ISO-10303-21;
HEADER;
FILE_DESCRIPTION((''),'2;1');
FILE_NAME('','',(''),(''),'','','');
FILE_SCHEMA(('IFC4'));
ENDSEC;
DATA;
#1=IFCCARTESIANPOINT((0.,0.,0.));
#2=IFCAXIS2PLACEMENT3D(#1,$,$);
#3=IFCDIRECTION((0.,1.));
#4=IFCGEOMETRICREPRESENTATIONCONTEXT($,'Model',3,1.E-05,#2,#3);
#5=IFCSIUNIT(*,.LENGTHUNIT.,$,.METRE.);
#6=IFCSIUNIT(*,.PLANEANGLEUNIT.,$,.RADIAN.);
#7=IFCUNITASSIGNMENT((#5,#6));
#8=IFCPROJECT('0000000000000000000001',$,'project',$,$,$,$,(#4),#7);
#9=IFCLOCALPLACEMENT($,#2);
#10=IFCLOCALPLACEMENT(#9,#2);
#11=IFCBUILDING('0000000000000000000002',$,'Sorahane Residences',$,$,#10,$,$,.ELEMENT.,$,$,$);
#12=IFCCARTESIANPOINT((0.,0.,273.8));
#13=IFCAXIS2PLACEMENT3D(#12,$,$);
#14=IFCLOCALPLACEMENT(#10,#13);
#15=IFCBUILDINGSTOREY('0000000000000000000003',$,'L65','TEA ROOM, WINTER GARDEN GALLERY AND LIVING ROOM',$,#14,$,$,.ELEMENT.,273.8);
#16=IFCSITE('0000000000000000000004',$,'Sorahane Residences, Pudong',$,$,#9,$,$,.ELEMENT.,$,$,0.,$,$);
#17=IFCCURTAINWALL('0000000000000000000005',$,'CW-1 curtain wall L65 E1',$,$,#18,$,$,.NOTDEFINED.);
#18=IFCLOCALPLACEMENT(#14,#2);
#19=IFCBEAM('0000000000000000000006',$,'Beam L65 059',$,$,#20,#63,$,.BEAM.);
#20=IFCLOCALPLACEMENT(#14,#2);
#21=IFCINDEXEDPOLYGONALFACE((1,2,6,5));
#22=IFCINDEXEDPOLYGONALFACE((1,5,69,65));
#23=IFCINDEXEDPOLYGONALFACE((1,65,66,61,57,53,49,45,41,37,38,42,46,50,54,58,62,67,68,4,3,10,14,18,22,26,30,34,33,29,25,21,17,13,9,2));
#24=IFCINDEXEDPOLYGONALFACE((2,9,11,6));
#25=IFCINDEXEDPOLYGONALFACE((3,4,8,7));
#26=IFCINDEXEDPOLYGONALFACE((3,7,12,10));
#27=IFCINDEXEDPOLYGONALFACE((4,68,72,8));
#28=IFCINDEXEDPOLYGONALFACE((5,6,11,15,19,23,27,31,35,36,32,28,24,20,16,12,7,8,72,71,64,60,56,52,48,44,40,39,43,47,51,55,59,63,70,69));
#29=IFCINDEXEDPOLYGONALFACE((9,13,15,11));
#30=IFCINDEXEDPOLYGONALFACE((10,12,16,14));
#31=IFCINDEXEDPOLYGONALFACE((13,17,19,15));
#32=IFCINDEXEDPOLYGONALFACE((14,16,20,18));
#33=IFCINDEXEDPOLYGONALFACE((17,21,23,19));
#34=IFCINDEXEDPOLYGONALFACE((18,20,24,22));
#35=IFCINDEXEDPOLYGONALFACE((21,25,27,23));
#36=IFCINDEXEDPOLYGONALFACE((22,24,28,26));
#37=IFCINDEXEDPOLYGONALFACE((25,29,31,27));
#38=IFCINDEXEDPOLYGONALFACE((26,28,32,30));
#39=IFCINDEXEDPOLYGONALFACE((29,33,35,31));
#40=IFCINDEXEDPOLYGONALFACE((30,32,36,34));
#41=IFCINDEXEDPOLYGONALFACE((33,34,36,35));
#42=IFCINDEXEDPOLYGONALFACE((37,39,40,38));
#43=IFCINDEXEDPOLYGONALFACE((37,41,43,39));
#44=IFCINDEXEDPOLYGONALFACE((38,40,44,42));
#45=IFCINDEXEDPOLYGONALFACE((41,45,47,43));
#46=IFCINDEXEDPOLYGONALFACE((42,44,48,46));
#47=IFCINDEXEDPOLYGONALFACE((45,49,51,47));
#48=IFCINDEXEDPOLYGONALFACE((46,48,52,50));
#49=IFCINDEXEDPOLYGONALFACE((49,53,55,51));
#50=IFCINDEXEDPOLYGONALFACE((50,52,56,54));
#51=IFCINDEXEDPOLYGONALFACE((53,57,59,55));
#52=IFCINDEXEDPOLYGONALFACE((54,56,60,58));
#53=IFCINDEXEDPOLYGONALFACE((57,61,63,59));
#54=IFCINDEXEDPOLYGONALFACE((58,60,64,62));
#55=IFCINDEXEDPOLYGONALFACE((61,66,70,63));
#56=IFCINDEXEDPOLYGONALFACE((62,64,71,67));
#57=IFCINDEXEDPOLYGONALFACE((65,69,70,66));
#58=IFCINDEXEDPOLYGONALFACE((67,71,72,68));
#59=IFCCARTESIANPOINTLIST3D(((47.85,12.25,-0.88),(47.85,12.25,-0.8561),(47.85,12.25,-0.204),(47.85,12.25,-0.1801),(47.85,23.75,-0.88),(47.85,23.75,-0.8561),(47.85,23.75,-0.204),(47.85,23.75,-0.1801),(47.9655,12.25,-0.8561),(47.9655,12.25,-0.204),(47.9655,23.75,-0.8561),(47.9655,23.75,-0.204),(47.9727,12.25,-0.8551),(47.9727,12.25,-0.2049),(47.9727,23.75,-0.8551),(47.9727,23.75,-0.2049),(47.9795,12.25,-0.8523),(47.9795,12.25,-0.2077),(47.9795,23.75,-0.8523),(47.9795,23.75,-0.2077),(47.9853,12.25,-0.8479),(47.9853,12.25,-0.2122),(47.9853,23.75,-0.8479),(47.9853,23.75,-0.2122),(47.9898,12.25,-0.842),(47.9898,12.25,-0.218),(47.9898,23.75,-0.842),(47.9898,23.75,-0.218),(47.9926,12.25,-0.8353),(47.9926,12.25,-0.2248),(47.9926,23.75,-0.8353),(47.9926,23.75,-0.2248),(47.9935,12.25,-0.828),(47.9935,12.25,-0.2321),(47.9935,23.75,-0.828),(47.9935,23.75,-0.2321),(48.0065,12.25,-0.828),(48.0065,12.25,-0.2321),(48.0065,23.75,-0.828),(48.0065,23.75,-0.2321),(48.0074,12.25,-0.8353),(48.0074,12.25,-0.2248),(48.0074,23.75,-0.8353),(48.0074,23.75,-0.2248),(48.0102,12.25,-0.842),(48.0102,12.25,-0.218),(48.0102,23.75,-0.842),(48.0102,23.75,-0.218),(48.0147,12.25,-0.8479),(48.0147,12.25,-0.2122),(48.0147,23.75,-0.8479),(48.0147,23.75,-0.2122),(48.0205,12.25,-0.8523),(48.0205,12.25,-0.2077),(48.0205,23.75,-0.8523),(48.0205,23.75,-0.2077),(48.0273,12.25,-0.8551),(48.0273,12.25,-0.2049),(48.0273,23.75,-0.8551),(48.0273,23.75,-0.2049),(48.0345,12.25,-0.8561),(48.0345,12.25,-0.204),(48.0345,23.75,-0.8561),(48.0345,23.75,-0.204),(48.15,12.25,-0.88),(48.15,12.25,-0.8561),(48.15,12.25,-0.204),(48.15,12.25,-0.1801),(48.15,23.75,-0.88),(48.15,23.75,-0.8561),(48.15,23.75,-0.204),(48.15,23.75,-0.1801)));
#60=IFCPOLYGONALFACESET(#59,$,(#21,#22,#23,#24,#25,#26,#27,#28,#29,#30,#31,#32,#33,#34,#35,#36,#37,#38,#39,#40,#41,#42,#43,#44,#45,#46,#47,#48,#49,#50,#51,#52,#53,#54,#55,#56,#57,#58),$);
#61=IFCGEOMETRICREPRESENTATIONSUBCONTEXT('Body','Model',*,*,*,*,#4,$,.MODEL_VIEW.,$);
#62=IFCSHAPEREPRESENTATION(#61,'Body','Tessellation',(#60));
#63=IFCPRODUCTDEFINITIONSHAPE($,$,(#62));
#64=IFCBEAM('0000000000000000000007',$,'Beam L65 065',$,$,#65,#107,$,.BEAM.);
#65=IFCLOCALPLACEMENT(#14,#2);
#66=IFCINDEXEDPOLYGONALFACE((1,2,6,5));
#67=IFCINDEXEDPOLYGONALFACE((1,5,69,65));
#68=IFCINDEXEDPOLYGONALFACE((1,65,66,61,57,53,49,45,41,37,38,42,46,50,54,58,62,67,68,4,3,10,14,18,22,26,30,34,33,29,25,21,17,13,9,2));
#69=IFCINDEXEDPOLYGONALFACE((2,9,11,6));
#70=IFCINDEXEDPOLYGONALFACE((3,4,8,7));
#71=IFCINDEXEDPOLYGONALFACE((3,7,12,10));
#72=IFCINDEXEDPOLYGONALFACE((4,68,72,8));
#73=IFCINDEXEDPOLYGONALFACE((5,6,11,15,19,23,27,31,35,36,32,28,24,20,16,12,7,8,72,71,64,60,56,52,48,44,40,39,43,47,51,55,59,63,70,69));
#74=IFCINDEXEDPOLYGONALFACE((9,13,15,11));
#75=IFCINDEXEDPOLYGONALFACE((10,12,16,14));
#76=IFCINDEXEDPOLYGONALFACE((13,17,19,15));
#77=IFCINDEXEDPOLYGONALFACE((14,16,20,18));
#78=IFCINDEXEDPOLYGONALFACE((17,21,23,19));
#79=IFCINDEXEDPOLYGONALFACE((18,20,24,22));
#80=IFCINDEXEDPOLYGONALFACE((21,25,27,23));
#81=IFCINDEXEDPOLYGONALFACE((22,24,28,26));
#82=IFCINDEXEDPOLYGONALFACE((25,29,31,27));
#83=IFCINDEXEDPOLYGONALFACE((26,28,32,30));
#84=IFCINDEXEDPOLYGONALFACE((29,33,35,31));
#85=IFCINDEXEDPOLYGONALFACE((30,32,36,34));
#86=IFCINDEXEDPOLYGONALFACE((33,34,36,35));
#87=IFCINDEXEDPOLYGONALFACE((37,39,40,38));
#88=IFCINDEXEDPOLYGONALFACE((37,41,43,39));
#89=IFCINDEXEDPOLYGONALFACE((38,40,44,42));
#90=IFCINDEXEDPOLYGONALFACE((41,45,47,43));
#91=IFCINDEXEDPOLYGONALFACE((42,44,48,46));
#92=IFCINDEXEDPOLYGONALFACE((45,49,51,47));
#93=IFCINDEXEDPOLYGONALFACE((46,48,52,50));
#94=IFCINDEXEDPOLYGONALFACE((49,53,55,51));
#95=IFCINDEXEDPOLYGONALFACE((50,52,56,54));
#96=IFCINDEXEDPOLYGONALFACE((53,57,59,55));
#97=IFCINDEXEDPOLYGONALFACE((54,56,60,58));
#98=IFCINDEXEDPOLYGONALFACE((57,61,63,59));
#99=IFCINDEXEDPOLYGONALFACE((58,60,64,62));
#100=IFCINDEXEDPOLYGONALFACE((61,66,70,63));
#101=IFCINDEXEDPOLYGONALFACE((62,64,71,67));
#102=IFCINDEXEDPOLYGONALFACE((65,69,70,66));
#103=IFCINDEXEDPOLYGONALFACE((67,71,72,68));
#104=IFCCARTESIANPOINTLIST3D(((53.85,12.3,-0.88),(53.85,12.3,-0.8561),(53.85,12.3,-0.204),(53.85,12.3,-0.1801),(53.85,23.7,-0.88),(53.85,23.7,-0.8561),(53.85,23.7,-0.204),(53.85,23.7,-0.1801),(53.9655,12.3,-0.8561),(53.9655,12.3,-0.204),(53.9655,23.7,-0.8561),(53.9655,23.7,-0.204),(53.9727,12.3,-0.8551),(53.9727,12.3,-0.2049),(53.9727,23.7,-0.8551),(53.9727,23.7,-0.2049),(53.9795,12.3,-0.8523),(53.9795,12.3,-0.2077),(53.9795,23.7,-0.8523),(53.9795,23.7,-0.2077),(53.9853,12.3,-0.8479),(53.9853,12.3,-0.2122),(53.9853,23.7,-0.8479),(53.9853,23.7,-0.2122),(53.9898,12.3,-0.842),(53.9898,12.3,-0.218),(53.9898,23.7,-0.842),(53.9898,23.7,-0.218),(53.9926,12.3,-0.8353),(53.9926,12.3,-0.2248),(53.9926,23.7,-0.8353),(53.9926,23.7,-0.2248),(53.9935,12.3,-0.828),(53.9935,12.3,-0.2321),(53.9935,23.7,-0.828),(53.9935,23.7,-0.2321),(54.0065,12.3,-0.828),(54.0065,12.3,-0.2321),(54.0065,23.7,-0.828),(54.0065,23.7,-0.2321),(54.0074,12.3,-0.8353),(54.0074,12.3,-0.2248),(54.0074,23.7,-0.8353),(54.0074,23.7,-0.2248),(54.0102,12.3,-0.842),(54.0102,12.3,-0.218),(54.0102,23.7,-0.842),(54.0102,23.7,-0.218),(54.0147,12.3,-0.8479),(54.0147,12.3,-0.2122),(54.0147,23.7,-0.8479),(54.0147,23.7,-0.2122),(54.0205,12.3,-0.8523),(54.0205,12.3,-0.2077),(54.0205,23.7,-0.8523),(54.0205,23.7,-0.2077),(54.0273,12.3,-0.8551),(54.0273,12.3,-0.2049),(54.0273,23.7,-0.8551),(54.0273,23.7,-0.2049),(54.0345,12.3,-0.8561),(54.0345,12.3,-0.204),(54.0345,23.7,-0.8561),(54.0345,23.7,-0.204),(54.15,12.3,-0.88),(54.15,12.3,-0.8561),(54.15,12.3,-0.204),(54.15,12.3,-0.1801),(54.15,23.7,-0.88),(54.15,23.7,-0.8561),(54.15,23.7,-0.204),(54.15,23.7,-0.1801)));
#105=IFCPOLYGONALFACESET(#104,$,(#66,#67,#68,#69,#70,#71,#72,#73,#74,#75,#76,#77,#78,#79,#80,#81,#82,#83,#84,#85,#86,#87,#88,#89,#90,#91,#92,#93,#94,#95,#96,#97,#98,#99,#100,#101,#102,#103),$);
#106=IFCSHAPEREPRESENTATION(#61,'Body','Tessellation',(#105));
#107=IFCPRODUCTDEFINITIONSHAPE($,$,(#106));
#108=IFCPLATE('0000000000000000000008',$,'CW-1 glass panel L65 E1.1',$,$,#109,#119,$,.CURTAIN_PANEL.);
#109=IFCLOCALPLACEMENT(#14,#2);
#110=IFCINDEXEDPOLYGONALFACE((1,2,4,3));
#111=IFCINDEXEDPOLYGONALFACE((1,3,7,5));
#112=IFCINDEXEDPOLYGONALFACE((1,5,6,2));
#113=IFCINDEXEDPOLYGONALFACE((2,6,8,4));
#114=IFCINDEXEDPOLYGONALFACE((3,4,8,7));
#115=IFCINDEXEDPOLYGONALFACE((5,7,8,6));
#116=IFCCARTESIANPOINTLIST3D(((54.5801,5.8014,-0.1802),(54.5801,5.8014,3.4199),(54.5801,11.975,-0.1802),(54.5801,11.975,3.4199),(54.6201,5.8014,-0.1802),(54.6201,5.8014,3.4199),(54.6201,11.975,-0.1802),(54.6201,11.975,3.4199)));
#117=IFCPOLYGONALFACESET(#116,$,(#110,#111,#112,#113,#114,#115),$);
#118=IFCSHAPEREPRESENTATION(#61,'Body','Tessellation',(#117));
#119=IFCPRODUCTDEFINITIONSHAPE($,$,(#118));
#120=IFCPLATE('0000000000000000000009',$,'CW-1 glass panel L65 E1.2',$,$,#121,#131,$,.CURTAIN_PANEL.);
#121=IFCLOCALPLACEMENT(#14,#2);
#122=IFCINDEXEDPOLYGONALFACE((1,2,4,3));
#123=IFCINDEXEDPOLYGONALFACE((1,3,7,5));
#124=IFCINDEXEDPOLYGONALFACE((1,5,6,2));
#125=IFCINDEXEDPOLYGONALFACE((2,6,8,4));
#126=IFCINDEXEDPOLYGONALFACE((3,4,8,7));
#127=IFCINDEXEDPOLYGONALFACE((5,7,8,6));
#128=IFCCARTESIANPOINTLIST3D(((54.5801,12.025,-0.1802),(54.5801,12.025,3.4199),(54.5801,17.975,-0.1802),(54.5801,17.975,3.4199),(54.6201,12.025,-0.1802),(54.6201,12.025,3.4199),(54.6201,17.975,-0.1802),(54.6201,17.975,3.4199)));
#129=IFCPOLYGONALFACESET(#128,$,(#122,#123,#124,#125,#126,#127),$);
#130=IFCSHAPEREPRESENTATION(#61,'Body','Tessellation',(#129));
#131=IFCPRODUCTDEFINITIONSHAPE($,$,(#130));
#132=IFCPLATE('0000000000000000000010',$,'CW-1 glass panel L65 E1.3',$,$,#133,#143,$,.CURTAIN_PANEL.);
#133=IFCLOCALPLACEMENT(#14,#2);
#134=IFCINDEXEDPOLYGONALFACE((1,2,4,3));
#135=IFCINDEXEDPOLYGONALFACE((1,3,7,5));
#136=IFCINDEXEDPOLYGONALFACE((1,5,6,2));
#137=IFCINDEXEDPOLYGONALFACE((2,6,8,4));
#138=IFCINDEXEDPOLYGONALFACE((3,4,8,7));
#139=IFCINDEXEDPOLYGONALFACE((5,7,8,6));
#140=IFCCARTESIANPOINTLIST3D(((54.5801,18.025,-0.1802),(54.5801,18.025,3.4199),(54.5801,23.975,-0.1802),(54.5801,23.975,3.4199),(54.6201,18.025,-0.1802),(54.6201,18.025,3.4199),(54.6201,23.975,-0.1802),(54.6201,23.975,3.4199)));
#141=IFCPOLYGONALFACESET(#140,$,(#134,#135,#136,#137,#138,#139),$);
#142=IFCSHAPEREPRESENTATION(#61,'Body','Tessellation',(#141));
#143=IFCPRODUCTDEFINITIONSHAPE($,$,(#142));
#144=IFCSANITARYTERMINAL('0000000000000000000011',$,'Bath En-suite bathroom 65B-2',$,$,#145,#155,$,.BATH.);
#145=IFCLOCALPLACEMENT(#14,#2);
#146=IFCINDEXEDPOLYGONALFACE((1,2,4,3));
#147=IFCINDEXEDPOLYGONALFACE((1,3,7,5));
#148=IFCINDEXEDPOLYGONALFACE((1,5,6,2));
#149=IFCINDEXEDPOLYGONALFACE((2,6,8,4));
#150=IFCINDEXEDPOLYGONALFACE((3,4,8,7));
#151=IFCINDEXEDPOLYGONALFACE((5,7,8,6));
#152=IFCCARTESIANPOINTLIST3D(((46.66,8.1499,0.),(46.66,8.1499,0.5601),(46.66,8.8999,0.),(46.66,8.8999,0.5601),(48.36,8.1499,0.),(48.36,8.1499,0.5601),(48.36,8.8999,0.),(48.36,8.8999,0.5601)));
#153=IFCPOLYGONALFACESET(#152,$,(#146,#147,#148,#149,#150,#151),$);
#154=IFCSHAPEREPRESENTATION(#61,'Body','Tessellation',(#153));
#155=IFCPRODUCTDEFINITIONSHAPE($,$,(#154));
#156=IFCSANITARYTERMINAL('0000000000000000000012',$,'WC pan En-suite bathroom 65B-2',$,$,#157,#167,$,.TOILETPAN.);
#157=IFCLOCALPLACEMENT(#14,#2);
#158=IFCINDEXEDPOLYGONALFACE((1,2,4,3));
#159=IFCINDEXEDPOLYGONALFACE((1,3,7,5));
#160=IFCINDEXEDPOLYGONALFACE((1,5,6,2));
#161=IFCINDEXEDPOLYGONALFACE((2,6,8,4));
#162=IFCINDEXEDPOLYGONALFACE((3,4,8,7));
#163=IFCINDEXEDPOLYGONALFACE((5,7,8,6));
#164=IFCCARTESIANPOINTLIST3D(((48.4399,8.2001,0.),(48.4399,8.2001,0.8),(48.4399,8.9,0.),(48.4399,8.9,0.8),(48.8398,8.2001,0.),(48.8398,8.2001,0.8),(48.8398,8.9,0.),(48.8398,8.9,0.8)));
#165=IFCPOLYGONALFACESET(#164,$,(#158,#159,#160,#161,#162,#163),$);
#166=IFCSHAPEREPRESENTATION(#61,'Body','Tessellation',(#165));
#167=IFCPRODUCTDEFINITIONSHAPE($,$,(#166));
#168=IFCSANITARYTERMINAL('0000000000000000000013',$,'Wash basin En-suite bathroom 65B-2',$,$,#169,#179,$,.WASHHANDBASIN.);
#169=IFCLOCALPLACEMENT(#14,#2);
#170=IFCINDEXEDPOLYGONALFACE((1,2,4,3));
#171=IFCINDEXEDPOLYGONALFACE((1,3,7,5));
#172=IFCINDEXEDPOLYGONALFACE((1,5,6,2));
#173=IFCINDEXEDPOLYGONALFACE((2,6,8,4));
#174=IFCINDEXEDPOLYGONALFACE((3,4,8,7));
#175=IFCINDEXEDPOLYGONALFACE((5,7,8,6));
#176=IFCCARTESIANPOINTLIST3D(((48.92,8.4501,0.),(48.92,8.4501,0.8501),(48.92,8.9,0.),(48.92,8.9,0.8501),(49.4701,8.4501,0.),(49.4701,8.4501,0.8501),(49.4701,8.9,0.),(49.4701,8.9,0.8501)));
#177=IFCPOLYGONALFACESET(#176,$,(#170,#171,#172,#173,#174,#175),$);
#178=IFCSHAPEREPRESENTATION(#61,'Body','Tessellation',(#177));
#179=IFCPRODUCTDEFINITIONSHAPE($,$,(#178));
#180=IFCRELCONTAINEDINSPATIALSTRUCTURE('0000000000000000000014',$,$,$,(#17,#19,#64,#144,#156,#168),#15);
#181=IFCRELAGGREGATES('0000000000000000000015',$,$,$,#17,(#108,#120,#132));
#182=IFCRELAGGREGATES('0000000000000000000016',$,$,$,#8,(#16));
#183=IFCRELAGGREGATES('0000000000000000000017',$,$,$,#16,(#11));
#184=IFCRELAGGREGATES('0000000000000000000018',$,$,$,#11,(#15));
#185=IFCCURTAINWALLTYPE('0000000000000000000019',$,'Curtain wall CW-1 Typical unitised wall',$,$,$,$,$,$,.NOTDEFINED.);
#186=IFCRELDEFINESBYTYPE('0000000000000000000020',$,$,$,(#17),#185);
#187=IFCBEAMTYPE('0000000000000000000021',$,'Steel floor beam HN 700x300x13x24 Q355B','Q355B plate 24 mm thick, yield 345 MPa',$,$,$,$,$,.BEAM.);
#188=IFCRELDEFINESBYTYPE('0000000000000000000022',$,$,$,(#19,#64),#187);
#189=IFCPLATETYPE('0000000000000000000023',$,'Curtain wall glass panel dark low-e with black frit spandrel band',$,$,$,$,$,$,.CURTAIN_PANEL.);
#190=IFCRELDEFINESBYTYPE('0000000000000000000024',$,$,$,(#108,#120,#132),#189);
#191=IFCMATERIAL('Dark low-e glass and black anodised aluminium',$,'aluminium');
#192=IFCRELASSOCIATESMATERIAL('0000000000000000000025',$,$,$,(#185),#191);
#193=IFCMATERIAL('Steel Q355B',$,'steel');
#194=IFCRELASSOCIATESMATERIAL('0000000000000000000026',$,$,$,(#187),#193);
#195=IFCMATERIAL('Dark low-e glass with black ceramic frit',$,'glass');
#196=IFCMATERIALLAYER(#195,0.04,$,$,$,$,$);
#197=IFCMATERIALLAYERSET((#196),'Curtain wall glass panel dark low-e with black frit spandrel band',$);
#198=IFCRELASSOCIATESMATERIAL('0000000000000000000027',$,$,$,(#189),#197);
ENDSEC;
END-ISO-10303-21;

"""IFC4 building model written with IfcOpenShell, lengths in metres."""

from ifc_helpers import new_model, si_unit, direction, frame, origin, origin_2d, place, context, subcontext, project, spatial, rectangle, i_section, extrude, material, layer, layer_set, material_profile, profile_set, type_object, element, aggregate, save


model = new_model("IFC4")

# Units and contexts
model_context = context("Model", 3, precision=1e-05, world=origin(), true_north=direction((0.0, 1.0)))
body_context = subcontext(model_context, "Body", "Model", "MODEL_VIEW")
ifc_project = project(units=[si_unit("LENGTHUNIT", "METRE"), si_unit("PLANEANGLEUNIT", "RADIAN")], contexts=[model_context])

# Site, building, storey
site_placement = place(None, origin())
site = spatial("IfcSite", under=ifc_project, at=site_placement, Name="Sorahane Residences, Pudong", CompositionType="ELEMENT", RefElevation=0.0)
building_placement = place(site_placement, origin())
building = spatial("IfcBuilding", under=site, at=building_placement, Name="Sorahane Residences", CompositionType="ELEMENT")
storey_placement = place(building_placement, frame((0.0, 0.0, 273.8)))
storey = spatial("IfcBuildingStorey", under=building, at=storey_placement, Name="L65", Description="TEA ROOM, WINTER GARDEN GALLERY AND LIVING ROOM", CompositionType="ELEMENT", Elevation=273.8)

# Curtain wall
ifc_material_1 = material(Name="Dark low-e glass and black anodised aluminium", Category="aluminium")
curtain_wall_type = type_object("IfcCurtainWallType", Name="Curtain wall CW-1 Typical unitised wall", PredefinedType="NOTDEFINED", material=ifc_material_1)
curtain_wall_placement = place(storey_placement, origin())
curtain_wall = element("IfcCurtainWall", 1, at=curtain_wall_placement, inside=storey, type_object=curtain_wall_type, Name="CW-1 curtain wall L65 E1", PredefinedType="NOTDEFINED")

# Beams
ifc_material_2 = material(Name="Steel Q355B", Category="steel")
ifc_material_profile_1 = material_profile(ifc_material_2, i_section(OverallWidth=0.3, OverallDepth=0.7, WebThickness=0.0129, FlangeThickness=0.0239, FilletRadius=0.0281, at=origin_2d()), Name="HN 700x300x13x24")
ifc_profile_set_1 = profile_set([ifc_material_profile_1], Name="Steel Q355B")
beam_type_1 = type_object("IfcBeamType", Name="Steel floor beam HN 700x300x13x24 Q355B", Description="Q355B plate 24 mm thick, yield 345 MPa", PredefinedType="BEAM", material=ifc_profile_set_1)
beam_1_placement = place(storey_placement, frame((48.0, 12.25, -0.53), z_axis=(0.0, 1.0, 0.0), x_axis=(-1.0, 0.0, 0.0)))
element("IfcBeam", 2, at=beam_1_placement, inside=storey, type_object=beam_type_1, Name="Beam L65 059", PredefinedType="BEAM", context=body_context, shape_type="SweptSolid", body=[
    extrude(i_section(OverallWidth=0.3, OverallDepth=0.7, WebThickness=0.0129, FlangeThickness=0.0239, FilletRadius=0.0281, at=origin_2d()), origin(), (0.0, 0.0, 1.0), 11.5),
])
beam_2_placement = place(storey_placement, frame((54.0, 12.3, -0.53), z_axis=(0.0, 1.0, 0.0), x_axis=(-1.0, 0.0, 0.0)))
element("IfcBeam", 3, at=beam_2_placement, inside=storey, type_object=beam_type_1, Name="Beam L65 065", PredefinedType="BEAM", context=body_context, shape_type="SweptSolid", body=[
    extrude(i_section(OverallWidth=0.3, OverallDepth=0.7, WebThickness=0.0129, FlangeThickness=0.0239, FilletRadius=0.0281, at=origin_2d()), origin(), (0.0, 0.0, 1.0), 11.3999),
])

# Plates
ifc_material_3 = material(Name="Dark low-e glass with black ceramic frit", Category="glass")
ifc_layer = layer(ifc_material_3, 0.04)
ifc_layer_set = layer_set([ifc_layer], Name="Curtain wall glass panel dark low-e with black frit spandrel band")
plate_type = type_object("IfcPlateType", Name="Curtain wall glass panel dark low-e with black frit spandrel band", PredefinedType="CURTAIN_PANEL", material=ifc_layer_set)
plate_1_placement = place(storey_placement, frame((54.6001, 8.8882, -0.1802), z_axis=(0.0, 0.0, 1.0), x_axis=(0.0, 1.0, 0.0)))
plate_1 = element("IfcPlate", 4, at=plate_1_placement, type_object=plate_type, Name="CW-1 glass panel L65 E1.1", PredefinedType="CURTAIN_PANEL", context=body_context, shape_type="SweptSolid", body=[
    extrude(rectangle(XDim=6.1736, YDim=0.04, at=origin_2d()), origin(), (0.0, 0.0, 1.0), 3.6001),
])
plate_2_placement = place(storey_placement, frame((54.6001, 15.0, -0.1802), z_axis=(0.0, 0.0, 1.0), x_axis=(0.0, 1.0, 0.0)))
plate_2 = element("IfcPlate", 5, at=plate_2_placement, type_object=plate_type, Name="CW-1 glass panel L65 E1.2", PredefinedType="CURTAIN_PANEL", context=body_context, shape_type="SweptSolid", body=[
    extrude(rectangle(XDim=5.95, YDim=0.04, at=origin_2d()), origin(), (0.0, 0.0, 1.0), 3.6001),
])
plate_3_placement = place(storey_placement, frame((54.6001, 21.0, -0.1802), z_axis=(0.0, 0.0, 1.0), x_axis=(0.0, 1.0, 0.0)))
plate_3 = element("IfcPlate", 6, at=plate_3_placement, type_object=plate_type, Name="CW-1 glass panel L65 E1.3", PredefinedType="CURTAIN_PANEL", context=body_context, shape_type="SweptSolid", body=[
    extrude(rectangle(XDim=5.95, YDim=0.04, at=origin_2d()), origin(), (0.0, 0.0, 1.0), 3.6001),
])
aggregate(curtain_wall, [plate_1, plate_2, plate_3])

# Sanitary terminals
sanitary_terminal_1_placement = place(storey_placement, frame((47.51, 8.5249, 0.0), z_axis=(0.0, 0.0, 1.0), x_axis=(1.0, 0.0, 0.0)))
element("IfcSanitaryTerminal", 7, at=sanitary_terminal_1_placement, inside=storey, Name="Bath En-suite bathroom 65B-2", PredefinedType="BATH", context=body_context, shape_type="SweptSolid", body=[
    extrude(rectangle(XDim=1.7, YDim=0.75, at=origin_2d()), origin(), (0.0, 0.0, 1.0), 0.5601),
])
sanitary_terminal_2_placement = place(storey_placement, frame((48.6399, 8.55, 0.0), z_axis=(0.0, 0.0, 1.0), x_axis=(1.0, 0.0, 0.0)))
element("IfcSanitaryTerminal", 8, at=sanitary_terminal_2_placement, inside=storey, Name="WC pan En-suite bathroom 65B-2", PredefinedType="TOILETPAN", context=body_context, shape_type="SweptSolid", body=[
    extrude(rectangle(XDim=0.3999, YDim=0.7, at=origin_2d()), origin(), (0.0, 0.0, 1.0), 0.8),
])
sanitary_terminal_3_placement = place(storey_placement, frame((49.1951, 8.675, 0.0), z_axis=(0.0, 0.0, 1.0), x_axis=(1.0, 0.0, 0.0)))
element("IfcSanitaryTerminal", 9, at=sanitary_terminal_3_placement, inside=storey, Name="Wash basin En-suite bathroom 65B-2", PredefinedType="WASHHANDBASIN", context=body_context, shape_type="SweptSolid", body=[
    extrude(rectangle(XDim=0.55, YDim=0.45, at=origin_2d()), origin(), (0.0, 0.0, 1.0), 0.8501),
])

save(model, "model.ifc")
